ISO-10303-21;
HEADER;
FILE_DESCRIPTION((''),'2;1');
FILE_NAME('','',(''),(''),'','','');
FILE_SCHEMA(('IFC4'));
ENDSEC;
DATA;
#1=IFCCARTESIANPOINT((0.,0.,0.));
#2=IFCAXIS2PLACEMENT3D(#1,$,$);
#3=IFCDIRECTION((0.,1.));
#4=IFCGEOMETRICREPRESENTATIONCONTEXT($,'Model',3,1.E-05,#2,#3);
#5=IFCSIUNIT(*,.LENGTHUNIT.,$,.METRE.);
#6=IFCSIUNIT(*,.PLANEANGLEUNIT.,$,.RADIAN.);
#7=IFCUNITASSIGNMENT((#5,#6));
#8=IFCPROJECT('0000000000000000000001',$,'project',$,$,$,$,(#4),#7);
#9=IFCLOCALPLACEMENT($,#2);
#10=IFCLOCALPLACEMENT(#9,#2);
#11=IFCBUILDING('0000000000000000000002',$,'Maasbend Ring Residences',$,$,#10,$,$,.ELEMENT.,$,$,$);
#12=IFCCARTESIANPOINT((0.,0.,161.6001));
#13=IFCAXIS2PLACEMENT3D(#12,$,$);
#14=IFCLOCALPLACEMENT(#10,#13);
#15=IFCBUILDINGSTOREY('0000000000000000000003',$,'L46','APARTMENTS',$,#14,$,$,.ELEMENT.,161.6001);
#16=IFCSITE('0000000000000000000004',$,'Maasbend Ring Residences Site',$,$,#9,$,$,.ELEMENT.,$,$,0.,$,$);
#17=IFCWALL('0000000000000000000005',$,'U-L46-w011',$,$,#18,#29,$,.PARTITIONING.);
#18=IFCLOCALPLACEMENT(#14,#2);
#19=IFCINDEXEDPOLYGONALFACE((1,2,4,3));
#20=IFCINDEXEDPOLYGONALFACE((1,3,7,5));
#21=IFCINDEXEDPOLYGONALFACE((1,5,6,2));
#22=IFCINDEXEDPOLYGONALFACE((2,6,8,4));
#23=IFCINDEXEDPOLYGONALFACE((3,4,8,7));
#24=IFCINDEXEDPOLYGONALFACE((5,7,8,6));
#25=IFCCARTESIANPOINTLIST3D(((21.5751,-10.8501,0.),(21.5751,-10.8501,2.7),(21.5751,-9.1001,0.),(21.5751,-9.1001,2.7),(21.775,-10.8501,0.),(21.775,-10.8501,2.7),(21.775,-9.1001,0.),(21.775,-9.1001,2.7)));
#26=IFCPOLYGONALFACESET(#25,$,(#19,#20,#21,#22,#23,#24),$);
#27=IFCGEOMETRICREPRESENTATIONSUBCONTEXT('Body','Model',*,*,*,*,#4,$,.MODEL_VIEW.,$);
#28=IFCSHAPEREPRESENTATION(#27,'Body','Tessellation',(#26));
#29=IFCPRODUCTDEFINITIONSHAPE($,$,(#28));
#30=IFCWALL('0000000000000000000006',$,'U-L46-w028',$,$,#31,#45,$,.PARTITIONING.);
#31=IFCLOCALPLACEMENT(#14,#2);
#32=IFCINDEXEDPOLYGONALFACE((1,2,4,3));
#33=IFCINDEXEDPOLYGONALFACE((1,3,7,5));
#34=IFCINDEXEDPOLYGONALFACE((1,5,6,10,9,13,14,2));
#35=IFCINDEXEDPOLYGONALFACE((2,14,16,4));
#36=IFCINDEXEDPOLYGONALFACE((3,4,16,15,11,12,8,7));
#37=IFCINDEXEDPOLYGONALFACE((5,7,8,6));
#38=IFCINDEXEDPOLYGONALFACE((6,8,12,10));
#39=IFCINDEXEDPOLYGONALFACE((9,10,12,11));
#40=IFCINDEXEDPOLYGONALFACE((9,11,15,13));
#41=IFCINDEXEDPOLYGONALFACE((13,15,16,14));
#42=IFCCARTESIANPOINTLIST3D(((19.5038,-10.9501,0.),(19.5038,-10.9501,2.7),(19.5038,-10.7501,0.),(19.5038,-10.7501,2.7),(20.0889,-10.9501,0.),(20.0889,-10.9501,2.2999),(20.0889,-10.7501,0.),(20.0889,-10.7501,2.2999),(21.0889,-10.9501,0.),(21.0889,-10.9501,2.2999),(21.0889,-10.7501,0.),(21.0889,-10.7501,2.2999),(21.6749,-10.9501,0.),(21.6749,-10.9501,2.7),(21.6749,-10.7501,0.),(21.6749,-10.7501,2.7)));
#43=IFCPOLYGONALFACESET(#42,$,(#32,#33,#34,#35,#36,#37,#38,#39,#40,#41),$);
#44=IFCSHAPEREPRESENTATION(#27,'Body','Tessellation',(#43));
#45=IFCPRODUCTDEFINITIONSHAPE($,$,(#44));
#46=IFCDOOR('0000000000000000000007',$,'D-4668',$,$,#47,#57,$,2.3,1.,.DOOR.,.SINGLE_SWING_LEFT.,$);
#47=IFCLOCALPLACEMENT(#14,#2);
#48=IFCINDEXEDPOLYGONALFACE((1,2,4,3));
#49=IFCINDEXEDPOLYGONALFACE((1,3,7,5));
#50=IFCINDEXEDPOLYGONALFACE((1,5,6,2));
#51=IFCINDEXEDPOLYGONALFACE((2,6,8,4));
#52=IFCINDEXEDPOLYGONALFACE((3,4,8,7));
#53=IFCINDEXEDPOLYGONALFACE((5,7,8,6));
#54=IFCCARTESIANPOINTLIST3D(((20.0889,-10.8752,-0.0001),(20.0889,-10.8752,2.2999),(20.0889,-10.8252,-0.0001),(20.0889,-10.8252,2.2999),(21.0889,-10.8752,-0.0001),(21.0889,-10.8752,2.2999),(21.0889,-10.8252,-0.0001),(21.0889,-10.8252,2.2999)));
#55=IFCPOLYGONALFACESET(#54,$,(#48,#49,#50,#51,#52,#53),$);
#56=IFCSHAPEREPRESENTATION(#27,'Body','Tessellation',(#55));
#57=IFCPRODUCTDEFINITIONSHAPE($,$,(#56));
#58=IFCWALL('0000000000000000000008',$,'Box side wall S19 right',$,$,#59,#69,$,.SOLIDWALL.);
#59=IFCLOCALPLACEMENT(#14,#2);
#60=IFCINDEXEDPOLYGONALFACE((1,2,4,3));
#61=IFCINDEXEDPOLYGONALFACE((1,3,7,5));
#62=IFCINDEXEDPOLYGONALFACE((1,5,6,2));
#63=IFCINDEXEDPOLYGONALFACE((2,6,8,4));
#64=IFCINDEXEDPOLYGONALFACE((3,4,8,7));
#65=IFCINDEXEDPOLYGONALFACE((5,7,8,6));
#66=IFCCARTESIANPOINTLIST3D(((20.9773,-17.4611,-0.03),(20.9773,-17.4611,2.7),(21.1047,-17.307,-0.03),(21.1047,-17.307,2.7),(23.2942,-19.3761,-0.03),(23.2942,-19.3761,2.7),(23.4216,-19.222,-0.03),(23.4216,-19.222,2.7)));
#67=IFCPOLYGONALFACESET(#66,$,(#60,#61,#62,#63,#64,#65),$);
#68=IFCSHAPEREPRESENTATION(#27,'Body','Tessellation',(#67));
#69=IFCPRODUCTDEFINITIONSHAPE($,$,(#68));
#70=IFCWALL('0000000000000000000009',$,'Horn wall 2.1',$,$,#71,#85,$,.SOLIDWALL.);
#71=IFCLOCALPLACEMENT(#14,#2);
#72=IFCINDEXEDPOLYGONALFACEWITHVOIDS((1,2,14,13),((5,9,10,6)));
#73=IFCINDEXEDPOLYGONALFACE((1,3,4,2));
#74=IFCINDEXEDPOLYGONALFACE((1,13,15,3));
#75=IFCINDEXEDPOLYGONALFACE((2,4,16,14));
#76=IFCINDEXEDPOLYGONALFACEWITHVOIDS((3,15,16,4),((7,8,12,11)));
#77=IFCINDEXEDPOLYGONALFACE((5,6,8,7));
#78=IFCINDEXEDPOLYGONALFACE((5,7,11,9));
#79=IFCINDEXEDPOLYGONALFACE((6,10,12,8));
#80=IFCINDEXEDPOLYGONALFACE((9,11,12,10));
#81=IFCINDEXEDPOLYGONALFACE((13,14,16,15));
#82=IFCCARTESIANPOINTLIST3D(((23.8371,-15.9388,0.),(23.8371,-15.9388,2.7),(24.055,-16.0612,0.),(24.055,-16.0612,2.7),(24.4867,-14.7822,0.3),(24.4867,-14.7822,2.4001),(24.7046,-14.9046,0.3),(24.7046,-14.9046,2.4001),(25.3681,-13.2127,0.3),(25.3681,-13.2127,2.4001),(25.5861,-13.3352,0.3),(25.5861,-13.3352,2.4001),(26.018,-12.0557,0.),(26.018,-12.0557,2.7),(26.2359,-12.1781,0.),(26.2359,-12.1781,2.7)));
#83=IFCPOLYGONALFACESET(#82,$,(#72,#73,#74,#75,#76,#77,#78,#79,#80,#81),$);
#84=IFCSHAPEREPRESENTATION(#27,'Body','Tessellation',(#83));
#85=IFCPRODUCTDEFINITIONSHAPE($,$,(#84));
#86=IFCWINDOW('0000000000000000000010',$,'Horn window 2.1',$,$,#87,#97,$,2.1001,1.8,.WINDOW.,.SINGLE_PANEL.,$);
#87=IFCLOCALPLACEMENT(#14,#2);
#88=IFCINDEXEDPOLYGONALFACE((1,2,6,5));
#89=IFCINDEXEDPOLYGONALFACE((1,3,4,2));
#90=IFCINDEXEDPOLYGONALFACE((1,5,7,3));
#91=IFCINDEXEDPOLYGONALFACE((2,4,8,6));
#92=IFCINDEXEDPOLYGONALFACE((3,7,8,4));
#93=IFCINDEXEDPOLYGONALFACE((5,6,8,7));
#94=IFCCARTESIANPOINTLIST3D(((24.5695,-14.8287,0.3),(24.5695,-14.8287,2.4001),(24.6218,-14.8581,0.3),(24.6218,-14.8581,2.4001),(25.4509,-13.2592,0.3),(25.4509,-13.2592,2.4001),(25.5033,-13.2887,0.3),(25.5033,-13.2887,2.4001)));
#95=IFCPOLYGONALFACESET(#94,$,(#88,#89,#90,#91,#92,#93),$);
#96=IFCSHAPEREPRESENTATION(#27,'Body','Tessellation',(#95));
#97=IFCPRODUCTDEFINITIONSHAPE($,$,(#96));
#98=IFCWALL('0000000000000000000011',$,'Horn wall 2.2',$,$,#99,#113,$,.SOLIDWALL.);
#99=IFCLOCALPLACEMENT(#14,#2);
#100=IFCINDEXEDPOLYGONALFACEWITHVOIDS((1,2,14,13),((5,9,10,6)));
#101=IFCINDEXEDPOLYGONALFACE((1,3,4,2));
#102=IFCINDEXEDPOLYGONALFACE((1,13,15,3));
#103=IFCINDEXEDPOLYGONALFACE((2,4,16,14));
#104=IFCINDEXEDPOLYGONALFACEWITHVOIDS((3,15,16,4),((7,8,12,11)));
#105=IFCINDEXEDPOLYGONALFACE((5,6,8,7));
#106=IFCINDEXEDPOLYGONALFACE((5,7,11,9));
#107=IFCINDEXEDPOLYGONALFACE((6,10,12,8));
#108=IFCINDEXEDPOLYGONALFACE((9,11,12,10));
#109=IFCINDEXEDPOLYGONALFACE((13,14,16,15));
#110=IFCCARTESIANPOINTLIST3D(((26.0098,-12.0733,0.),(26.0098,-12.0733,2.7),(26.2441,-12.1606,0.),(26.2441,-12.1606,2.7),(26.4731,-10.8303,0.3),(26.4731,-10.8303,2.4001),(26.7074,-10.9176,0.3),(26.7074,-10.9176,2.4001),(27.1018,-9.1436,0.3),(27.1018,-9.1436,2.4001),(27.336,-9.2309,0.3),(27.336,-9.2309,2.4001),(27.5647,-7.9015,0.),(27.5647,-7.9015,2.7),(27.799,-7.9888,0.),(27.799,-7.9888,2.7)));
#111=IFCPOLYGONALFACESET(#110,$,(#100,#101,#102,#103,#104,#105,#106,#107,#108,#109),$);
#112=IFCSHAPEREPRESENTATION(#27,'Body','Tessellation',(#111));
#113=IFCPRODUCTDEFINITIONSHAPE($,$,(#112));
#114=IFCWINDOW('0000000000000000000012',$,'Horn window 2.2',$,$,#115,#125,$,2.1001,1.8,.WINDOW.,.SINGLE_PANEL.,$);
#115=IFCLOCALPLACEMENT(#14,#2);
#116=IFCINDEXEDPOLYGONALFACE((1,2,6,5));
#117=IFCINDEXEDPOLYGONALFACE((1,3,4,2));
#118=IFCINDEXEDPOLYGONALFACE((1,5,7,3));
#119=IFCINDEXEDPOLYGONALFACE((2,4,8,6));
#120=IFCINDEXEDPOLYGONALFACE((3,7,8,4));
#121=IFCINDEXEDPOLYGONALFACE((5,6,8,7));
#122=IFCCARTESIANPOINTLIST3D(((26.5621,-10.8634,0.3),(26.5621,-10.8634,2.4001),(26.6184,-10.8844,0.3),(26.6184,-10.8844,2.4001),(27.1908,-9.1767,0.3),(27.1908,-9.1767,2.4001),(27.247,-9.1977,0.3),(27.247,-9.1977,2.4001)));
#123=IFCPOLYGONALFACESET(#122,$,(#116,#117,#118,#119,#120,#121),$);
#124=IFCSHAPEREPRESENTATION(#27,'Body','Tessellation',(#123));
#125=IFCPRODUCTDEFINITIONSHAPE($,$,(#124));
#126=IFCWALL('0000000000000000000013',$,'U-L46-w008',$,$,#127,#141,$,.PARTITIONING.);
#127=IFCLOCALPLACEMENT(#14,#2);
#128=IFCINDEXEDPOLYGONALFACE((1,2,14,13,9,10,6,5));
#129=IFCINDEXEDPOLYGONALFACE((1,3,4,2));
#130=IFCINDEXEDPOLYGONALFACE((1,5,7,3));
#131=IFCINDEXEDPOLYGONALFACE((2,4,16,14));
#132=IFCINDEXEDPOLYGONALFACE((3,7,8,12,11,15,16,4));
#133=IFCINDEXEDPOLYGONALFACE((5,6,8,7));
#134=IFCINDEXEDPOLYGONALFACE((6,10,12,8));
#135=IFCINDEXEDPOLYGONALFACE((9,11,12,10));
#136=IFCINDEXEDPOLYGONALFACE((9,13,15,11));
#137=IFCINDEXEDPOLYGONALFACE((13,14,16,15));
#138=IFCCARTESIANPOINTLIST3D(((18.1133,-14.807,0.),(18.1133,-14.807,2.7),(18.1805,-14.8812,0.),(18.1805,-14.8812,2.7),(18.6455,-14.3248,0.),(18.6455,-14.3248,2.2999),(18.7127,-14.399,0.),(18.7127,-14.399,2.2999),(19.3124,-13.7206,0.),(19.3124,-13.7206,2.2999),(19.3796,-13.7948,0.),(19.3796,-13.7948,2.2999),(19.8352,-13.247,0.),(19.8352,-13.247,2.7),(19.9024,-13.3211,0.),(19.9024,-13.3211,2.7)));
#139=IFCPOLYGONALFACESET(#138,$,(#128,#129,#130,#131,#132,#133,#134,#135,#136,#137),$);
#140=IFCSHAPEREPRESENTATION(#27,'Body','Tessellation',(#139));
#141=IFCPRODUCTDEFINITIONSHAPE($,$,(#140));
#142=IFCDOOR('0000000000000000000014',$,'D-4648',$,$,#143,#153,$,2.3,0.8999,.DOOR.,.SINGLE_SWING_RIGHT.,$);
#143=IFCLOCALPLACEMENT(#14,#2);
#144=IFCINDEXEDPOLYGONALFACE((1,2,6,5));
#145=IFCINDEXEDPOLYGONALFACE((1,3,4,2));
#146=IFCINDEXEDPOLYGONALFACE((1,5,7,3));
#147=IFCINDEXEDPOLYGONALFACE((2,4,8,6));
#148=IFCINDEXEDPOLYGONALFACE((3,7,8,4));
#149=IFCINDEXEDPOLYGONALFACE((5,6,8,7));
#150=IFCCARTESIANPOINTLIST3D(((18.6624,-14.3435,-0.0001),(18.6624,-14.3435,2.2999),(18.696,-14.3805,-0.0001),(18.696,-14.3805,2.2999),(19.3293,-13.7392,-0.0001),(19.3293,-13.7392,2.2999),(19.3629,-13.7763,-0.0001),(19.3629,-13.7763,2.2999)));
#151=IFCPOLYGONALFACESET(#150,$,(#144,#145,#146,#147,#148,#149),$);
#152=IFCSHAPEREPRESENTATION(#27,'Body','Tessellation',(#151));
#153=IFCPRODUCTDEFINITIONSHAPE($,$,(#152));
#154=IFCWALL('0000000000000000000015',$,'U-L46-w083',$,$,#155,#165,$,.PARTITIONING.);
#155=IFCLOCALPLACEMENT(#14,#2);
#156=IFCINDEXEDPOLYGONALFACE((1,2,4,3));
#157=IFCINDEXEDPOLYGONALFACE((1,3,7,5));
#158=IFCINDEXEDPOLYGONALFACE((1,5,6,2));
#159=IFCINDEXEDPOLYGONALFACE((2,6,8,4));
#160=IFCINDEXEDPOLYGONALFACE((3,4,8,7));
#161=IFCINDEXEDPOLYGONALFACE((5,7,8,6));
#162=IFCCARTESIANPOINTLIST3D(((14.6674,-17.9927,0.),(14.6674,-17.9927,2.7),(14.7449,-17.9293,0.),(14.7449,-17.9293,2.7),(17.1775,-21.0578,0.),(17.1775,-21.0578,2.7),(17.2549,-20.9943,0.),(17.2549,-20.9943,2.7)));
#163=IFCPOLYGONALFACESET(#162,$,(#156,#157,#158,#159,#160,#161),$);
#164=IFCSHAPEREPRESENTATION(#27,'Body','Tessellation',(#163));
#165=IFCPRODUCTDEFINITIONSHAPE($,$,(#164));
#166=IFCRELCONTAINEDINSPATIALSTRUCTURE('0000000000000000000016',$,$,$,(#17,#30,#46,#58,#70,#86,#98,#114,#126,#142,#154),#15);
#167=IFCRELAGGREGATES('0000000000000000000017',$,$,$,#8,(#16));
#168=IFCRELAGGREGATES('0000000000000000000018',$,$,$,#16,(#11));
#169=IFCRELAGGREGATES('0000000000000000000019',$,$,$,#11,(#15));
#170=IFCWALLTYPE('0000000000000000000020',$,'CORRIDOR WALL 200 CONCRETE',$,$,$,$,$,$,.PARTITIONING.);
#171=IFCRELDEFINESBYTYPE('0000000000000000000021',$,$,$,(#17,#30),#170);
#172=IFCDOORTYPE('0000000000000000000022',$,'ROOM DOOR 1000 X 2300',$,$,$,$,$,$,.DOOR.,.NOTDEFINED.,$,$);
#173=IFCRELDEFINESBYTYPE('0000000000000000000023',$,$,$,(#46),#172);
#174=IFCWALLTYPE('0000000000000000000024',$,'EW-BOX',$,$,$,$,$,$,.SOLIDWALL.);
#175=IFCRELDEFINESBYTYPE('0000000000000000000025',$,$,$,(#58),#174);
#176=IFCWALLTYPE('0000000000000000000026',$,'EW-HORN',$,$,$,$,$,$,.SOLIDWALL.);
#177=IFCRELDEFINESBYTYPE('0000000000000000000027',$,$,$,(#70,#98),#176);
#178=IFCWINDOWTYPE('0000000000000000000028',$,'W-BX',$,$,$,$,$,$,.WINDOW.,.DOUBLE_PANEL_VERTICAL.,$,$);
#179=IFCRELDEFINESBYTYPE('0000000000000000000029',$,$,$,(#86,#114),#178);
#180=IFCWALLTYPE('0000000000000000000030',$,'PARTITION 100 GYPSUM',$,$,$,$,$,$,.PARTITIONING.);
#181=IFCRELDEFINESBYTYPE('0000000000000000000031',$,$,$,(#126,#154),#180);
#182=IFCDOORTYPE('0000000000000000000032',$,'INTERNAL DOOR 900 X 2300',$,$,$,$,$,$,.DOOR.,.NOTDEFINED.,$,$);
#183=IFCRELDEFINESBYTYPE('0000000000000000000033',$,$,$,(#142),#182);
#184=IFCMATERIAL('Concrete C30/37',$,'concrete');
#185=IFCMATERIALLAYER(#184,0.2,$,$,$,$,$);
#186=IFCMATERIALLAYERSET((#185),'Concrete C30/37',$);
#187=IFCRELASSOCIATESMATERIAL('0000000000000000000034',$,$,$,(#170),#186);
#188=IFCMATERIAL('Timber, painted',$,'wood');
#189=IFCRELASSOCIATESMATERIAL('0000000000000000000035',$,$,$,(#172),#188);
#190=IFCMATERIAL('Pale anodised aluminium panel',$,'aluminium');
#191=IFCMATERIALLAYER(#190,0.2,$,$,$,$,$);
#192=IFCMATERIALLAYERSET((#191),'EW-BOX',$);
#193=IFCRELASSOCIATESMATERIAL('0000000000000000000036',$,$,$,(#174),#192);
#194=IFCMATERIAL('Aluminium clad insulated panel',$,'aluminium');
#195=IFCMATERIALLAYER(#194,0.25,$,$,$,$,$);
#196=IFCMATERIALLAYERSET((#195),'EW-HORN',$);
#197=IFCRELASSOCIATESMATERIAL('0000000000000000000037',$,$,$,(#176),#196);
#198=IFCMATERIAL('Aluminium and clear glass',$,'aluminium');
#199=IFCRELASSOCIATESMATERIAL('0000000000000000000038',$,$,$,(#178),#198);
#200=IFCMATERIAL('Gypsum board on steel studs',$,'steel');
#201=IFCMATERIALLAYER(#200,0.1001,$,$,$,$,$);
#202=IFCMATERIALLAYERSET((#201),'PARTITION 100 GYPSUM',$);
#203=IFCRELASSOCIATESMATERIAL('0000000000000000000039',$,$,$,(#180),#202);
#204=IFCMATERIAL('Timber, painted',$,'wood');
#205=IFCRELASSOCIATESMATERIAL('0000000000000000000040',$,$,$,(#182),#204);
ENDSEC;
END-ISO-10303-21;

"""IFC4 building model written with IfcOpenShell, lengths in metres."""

from ifc_helpers import new_model, si_unit, direction, frame, frame_2d, origin, place, context, subcontext, project, spatial, rectangle, extrude, material, layer, layer_set, type_object, element, fill, save


model = new_model("IFC4")

# Units and contexts
model_context = context("Model", 3, precision=1e-05, world=origin(), true_north=direction((0.0, 1.0)))
body_context = subcontext(model_context, "Body", "Model", "MODEL_VIEW")
ifc_project = project(units=[si_unit("LENGTHUNIT", "METRE"), si_unit("PLANEANGLEUNIT", "RADIAN")], contexts=[model_context])

# Site, building, storey
site_placement = place(None, origin())
site = spatial("IfcSite", under=ifc_project, at=site_placement, Name="Maasbend Ring Residences Site", CompositionType="ELEMENT", RefElevation=0.0)
building_placement = place(site_placement, origin())
building = spatial("IfcBuilding", under=site, at=building_placement, Name="Maasbend Ring Residences", CompositionType="ELEMENT")
storey_placement = place(building_placement, frame((0.0, 0.0, 161.6001)))
storey = spatial("IfcBuildingStorey", under=building, at=storey_placement, Name="L46", Description="APARTMENTS", CompositionType="ELEMENT", Elevation=161.6001)

# Wall
ifc_material_1 = material(Name="Concrete C30/37", Category="concrete")
ifc_layer_1 = layer(ifc_material_1, 0.2)
ifc_layer_set_1 = layer_set([ifc_layer_1], Name="Concrete C30/37")
wall_type_1 = type_object("IfcWallType", Name="CORRIDOR WALL 200 CONCRETE", PredefinedType="PARTITIONING", material=ifc_layer_set_1)
wall_1_placement = place(storey_placement, frame((21.675, -10.8501, 0.0), z_axis=(0.0, 0.0, 1.0), x_axis=(0.0, 1.0, 0.0)))
element("IfcWall", 1, at=wall_1_placement, inside=storey, type_object=wall_type_1, Name="U-L46-w011", PredefinedType="PARTITIONING", context=body_context, shape_type="SweptSolid", body=[
    extrude(rectangle(XDim=1.75, YDim=0.2, at=frame_2d((0.875, 0.0))), origin(), (0.0, 0.0, 1.0), 2.7),
])

# Wall, opening, door
wall_2_placement = place(storey_placement, frame((19.5039, -10.8501, 0.0), z_axis=(0.0, 0.0, 1.0), x_axis=(1.0, 0.0, 0.0)))
wall_2 = element("IfcWall", 2, at=wall_2_placement, inside=storey, type_object=wall_type_1, Name="U-L46-w028", PredefinedType="PARTITIONING", context=body_context, shape_type="SweptSolid", body=[
    extrude(rectangle(XDim=2.1711, YDim=0.2, at=frame_2d((1.0854, 0.0))), origin(), (0.0, 0.0, 1.0), 2.7),
])
opening_1_placement = place(wall_2_placement, frame((0.585, 0.0, 0.0)))
opening_1 = element("IfcOpeningElement", 3, at=opening_1_placement, cuts=wall_2, PredefinedType="OPENING", context=body_context, shape_type="SweptSolid", body=[
    extrude(rectangle(XDim=1.0, YDim=2.3, at=frame_2d((0.5, 1.1499))), frame((0.0, 0.1099, 0.0), z_axis=(0.0, -1.0, 0.0), x_axis=(1.0, 0.0, 0.0)), (0.0, 0.0, 1.0), 0.22),
])
ifc_material_2 = material(Name="Timber, painted", Category="wood")
door_type_1 = type_object("IfcDoorType", Name="ROOM DOOR 1000 X 2300", OperationType="NOTDEFINED", PredefinedType="DOOR", material=ifc_material_2)
door_1_placement = place(opening_1_placement, origin())
door_1 = element("IfcDoor", 4, at=door_1_placement, inside=storey, type_object=door_type_1, Name="D-4668", OperationType="SINGLE_SWING_LEFT", OverallHeight=2.3, OverallWidth=1.0, PredefinedType="DOOR", context=body_context, shape_type="SweptSolid", body=[
    extrude(rectangle(XDim=1.0, YDim=2.3, at=frame_2d((0.5, 1.1499))), frame((0.0, 0.0249, 0.0), z_axis=(0.0, -1.0, 0.0), x_axis=(1.0, 0.0, 0.0)), (0.0, 0.0, 1.0), 0.05),
])
fill(opening_1, door_1)

# Wall
ifc_material_3 = material(Name="Pale anodised aluminium panel", Category="aluminium")
ifc_layer_2 = layer(ifc_material_3, 0.2)
ifc_layer_set_2 = layer_set([ifc_layer_2], Name="EW-BOX")
wall_type_2 = type_object("IfcWallType", Name="EW-BOX", PredefinedType="SOLIDWALL", material=ifc_layer_set_2)
wall_3_placement = place(storey_placement, frame((21.041, -17.384, -0.03), z_axis=(0.0, 0.0, 1.0), x_axis=(0.770785, -0.637096, 0.0)))
element("IfcWall", 5, at=wall_3_placement, inside=storey, type_object=wall_type_2, Name="Box side wall S19 right", PredefinedType="SOLIDWALL", context=body_context, shape_type="SweptSolid", body=[
    extrude(rectangle(XDim=3.0059, YDim=0.2, at=frame_2d((1.5029, 0.0))), origin(), (0.0, 0.0, 1.0), 2.73),
])

# Walls, openings, windows
ifc_material_4 = material(Name="Aluminium clad insulated panel", Category="aluminium")
ifc_layer_3 = layer(ifc_material_4, 0.25)
ifc_layer_set_3 = layer_set([ifc_layer_3], Name="EW-HORN")
wall_type_3 = type_object("IfcWallType", Name="EW-HORN", PredefinedType="SOLIDWALL", material=ifc_layer_set_3)
wall_4_placement = place(storey_placement, frame((23.946, -16.0, 0.0), z_axis=(0.0, 0.0, 1.0), x_axis=(0.489696, 0.871893, 0.0)))
wall_4 = element("IfcWall", 6, at=wall_4_placement, inside=storey, type_object=wall_type_3, Name="Horn wall 2.1", PredefinedType="SOLIDWALL", context=body_context, shape_type="SweptSolid", body=[
    extrude(rectangle(XDim=4.4536, YDim=0.25, at=frame_2d((2.2268, 0.0))), origin(), (0.0, 0.0, 1.0), 2.7),
])
opening_2_placement = place(wall_4_placement, frame((1.3267, 0.0, 0.3)))
opening_2 = element("IfcOpeningElement", 7, at=opening_2_placement, cuts=wall_4, PredefinedType="OPENING", context=body_context, shape_type="SweptSolid", body=[
    extrude(rectangle(XDim=1.8, YDim=2.1001, at=frame_2d((0.8999, 1.05))), frame((0.0, 0.135, 0.0), z_axis=(0.0, -1.0, 0.0), x_axis=(1.0, 0.0, 0.0)), (0.0, 0.0, 1.0), 0.27),
])
ifc_material_5 = material(Name="Aluminium and clear glass", Category="aluminium")
window_type = type_object("IfcWindowType", Name="W-BX", PartitioningType="DOUBLE_PANEL_VERTICAL", PredefinedType="WINDOW", material=ifc_material_5)
window_1_placement = place(opening_2_placement, origin())
window_1 = element("IfcWindow", 8, at=window_1_placement, inside=storey, type_object=window_type, Name="Horn window 2.1", OverallHeight=2.1001, OverallWidth=1.8, PartitioningType="SINGLE_PANEL", PredefinedType="WINDOW", context=body_context, shape_type="SweptSolid", body=[
    extrude(rectangle(XDim=1.8, YDim=2.1001, at=frame_2d((0.8999, 1.05))), frame((0.0, 0.03, 0.0), z_axis=(0.0, -1.0, 0.0), x_axis=(1.0, 0.0, 0.0)), (0.0, 0.0, 1.0), 0.0601),
])
fill(opening_2, window_1)
wall_5_placement = place(storey_placement, frame((26.127, -12.1169, 0.0), z_axis=(0.0, 0.0, 1.0), x_axis=(0.349248, 0.93703, 0.0)))
wall_5 = element("IfcWall", 9, at=wall_5_placement, inside=storey, type_object=wall_type_3, Name="Horn wall 2.2", PredefinedType="SOLIDWALL", context=body_context, shape_type="SweptSolid", body=[
    extrude(rectangle(XDim=4.4521, YDim=0.25, at=frame_2d((2.2261, 0.0))), origin(), (0.0, 0.0, 1.0), 2.7),
])
opening_3_placement = place(wall_5_placement, frame((1.3267, 0.0, 0.3)))
opening_3 = element("IfcOpeningElement", 10, at=opening_3_placement, cuts=wall_5, PredefinedType="OPENING", context=body_context, shape_type="SweptSolid", body=[
    extrude(rectangle(XDim=1.8, YDim=2.1001, at=frame_2d((0.8999, 1.05))), frame((0.0, 0.135, 0.0), z_axis=(0.0, -1.0, 0.0), x_axis=(1.0, 0.0, 0.0)), (0.0, 0.0, 1.0), 0.27),
])
window_2_placement = place(opening_3_placement, origin())
window_2 = element("IfcWindow", 11, at=window_2_placement, inside=storey, type_object=window_type, Name="Horn window 2.2", OverallHeight=2.1001, OverallWidth=1.8, PartitioningType="SINGLE_PANEL", PredefinedType="WINDOW", context=body_context, shape_type="SweptSolid", body=[
    extrude(rectangle(XDim=1.8, YDim=2.1001, at=frame_2d((0.8999, 1.05))), frame((0.0, 0.03, 0.0), z_axis=(0.0, -1.0, 0.0), x_axis=(1.0, 0.0, 0.0)), (0.0, 0.0, 1.0), 0.0601),
])
fill(opening_3, window_2)

# Wall, opening, door
ifc_material_6 = material(Name="Gypsum board on steel studs", Category="steel")
ifc_layer_4 = layer(ifc_material_6, 0.1001)
ifc_layer_set_4 = layer_set([ifc_layer_4], Name="PARTITION 100 GYPSUM")
wall_type_4 = type_object("IfcWallType", Name="PARTITION 100 GYPSUM", PredefinedType="PARTITIONING", material=ifc_layer_set_4)
wall_6_placement = place(storey_placement, frame((18.147, -14.844, 0.0), z_axis=(0.0, 0.0, 1.0), x_axis=(0.74108, 0.671417, 0.0)))
wall_6 = element("IfcWall", 12, at=wall_6_placement, inside=storey, type_object=wall_type_4, Name="U-L46-w008", PredefinedType="PARTITIONING", context=body_context, shape_type="SweptSolid", body=[
    extrude(rectangle(XDim=2.3235, YDim=0.1001, at=frame_2d((1.1616, 0.0))), origin(), (0.0, 0.0, 1.0), 2.7),
])
opening_4_placement = place(wall_6_placement, frame((0.718, 0.0, 0.0)))
opening_4 = element("IfcOpeningElement", 13, at=opening_4_placement, cuts=wall_6, PredefinedType="OPENING", context=body_context, shape_type="SweptSolid", body=[
    extrude(rectangle(XDim=0.8999, YDim=2.3, at=frame_2d((0.45, 1.1499))), frame((0.0, 0.0601, 0.0), z_axis=(0.0, -1.0, 0.0), x_axis=(1.0, 0.0, 0.0)), (0.0, 0.0, 1.0), 0.1201),
])
ifc_material_7 = material(Name="Timber, painted", Category="wood")
door_type_2 = type_object("IfcDoorType", Name="INTERNAL DOOR 900 X 2300", OperationType="NOTDEFINED", PredefinedType="DOOR", material=ifc_material_7)
door_2_placement = place(opening_4_placement, origin())
door_2 = element("IfcDoor", 14, at=door_2_placement, inside=storey, type_object=door_type_2, Name="D-4648", OperationType="SINGLE_SWING_RIGHT", OverallHeight=2.3, OverallWidth=0.8999, PredefinedType="DOOR", context=body_context, shape_type="SweptSolid", body=[
    extrude(rectangle(XDim=0.8999, YDim=2.3, at=frame_2d((0.45, 1.1499))), frame((0.0, 0.0249, 0.0), z_axis=(0.0, -1.0, 0.0), x_axis=(1.0, 0.0, 0.0)), (0.0, 0.0, 1.0), 0.05),
])
fill(opening_4, door_2)

# Wall
wall_7_placement = place(storey_placement, frame((14.7061, -17.9609, 0.0), z_axis=(0.0, 0.0, 1.0), x_axis=(0.63359, -0.773669, 0.0)))
element("IfcWall", 15, at=wall_7_placement, inside=storey, type_object=wall_type_4, Name="U-L46-w083", PredefinedType="PARTITIONING", context=body_context, shape_type="SweptSolid", body=[
    extrude(rectangle(XDim=3.9617, YDim=0.1001, at=frame_2d((1.981, 0.0))), origin(), (0.0, 0.0, 1.0), 2.7),
])

save(model, "model.ifc")
